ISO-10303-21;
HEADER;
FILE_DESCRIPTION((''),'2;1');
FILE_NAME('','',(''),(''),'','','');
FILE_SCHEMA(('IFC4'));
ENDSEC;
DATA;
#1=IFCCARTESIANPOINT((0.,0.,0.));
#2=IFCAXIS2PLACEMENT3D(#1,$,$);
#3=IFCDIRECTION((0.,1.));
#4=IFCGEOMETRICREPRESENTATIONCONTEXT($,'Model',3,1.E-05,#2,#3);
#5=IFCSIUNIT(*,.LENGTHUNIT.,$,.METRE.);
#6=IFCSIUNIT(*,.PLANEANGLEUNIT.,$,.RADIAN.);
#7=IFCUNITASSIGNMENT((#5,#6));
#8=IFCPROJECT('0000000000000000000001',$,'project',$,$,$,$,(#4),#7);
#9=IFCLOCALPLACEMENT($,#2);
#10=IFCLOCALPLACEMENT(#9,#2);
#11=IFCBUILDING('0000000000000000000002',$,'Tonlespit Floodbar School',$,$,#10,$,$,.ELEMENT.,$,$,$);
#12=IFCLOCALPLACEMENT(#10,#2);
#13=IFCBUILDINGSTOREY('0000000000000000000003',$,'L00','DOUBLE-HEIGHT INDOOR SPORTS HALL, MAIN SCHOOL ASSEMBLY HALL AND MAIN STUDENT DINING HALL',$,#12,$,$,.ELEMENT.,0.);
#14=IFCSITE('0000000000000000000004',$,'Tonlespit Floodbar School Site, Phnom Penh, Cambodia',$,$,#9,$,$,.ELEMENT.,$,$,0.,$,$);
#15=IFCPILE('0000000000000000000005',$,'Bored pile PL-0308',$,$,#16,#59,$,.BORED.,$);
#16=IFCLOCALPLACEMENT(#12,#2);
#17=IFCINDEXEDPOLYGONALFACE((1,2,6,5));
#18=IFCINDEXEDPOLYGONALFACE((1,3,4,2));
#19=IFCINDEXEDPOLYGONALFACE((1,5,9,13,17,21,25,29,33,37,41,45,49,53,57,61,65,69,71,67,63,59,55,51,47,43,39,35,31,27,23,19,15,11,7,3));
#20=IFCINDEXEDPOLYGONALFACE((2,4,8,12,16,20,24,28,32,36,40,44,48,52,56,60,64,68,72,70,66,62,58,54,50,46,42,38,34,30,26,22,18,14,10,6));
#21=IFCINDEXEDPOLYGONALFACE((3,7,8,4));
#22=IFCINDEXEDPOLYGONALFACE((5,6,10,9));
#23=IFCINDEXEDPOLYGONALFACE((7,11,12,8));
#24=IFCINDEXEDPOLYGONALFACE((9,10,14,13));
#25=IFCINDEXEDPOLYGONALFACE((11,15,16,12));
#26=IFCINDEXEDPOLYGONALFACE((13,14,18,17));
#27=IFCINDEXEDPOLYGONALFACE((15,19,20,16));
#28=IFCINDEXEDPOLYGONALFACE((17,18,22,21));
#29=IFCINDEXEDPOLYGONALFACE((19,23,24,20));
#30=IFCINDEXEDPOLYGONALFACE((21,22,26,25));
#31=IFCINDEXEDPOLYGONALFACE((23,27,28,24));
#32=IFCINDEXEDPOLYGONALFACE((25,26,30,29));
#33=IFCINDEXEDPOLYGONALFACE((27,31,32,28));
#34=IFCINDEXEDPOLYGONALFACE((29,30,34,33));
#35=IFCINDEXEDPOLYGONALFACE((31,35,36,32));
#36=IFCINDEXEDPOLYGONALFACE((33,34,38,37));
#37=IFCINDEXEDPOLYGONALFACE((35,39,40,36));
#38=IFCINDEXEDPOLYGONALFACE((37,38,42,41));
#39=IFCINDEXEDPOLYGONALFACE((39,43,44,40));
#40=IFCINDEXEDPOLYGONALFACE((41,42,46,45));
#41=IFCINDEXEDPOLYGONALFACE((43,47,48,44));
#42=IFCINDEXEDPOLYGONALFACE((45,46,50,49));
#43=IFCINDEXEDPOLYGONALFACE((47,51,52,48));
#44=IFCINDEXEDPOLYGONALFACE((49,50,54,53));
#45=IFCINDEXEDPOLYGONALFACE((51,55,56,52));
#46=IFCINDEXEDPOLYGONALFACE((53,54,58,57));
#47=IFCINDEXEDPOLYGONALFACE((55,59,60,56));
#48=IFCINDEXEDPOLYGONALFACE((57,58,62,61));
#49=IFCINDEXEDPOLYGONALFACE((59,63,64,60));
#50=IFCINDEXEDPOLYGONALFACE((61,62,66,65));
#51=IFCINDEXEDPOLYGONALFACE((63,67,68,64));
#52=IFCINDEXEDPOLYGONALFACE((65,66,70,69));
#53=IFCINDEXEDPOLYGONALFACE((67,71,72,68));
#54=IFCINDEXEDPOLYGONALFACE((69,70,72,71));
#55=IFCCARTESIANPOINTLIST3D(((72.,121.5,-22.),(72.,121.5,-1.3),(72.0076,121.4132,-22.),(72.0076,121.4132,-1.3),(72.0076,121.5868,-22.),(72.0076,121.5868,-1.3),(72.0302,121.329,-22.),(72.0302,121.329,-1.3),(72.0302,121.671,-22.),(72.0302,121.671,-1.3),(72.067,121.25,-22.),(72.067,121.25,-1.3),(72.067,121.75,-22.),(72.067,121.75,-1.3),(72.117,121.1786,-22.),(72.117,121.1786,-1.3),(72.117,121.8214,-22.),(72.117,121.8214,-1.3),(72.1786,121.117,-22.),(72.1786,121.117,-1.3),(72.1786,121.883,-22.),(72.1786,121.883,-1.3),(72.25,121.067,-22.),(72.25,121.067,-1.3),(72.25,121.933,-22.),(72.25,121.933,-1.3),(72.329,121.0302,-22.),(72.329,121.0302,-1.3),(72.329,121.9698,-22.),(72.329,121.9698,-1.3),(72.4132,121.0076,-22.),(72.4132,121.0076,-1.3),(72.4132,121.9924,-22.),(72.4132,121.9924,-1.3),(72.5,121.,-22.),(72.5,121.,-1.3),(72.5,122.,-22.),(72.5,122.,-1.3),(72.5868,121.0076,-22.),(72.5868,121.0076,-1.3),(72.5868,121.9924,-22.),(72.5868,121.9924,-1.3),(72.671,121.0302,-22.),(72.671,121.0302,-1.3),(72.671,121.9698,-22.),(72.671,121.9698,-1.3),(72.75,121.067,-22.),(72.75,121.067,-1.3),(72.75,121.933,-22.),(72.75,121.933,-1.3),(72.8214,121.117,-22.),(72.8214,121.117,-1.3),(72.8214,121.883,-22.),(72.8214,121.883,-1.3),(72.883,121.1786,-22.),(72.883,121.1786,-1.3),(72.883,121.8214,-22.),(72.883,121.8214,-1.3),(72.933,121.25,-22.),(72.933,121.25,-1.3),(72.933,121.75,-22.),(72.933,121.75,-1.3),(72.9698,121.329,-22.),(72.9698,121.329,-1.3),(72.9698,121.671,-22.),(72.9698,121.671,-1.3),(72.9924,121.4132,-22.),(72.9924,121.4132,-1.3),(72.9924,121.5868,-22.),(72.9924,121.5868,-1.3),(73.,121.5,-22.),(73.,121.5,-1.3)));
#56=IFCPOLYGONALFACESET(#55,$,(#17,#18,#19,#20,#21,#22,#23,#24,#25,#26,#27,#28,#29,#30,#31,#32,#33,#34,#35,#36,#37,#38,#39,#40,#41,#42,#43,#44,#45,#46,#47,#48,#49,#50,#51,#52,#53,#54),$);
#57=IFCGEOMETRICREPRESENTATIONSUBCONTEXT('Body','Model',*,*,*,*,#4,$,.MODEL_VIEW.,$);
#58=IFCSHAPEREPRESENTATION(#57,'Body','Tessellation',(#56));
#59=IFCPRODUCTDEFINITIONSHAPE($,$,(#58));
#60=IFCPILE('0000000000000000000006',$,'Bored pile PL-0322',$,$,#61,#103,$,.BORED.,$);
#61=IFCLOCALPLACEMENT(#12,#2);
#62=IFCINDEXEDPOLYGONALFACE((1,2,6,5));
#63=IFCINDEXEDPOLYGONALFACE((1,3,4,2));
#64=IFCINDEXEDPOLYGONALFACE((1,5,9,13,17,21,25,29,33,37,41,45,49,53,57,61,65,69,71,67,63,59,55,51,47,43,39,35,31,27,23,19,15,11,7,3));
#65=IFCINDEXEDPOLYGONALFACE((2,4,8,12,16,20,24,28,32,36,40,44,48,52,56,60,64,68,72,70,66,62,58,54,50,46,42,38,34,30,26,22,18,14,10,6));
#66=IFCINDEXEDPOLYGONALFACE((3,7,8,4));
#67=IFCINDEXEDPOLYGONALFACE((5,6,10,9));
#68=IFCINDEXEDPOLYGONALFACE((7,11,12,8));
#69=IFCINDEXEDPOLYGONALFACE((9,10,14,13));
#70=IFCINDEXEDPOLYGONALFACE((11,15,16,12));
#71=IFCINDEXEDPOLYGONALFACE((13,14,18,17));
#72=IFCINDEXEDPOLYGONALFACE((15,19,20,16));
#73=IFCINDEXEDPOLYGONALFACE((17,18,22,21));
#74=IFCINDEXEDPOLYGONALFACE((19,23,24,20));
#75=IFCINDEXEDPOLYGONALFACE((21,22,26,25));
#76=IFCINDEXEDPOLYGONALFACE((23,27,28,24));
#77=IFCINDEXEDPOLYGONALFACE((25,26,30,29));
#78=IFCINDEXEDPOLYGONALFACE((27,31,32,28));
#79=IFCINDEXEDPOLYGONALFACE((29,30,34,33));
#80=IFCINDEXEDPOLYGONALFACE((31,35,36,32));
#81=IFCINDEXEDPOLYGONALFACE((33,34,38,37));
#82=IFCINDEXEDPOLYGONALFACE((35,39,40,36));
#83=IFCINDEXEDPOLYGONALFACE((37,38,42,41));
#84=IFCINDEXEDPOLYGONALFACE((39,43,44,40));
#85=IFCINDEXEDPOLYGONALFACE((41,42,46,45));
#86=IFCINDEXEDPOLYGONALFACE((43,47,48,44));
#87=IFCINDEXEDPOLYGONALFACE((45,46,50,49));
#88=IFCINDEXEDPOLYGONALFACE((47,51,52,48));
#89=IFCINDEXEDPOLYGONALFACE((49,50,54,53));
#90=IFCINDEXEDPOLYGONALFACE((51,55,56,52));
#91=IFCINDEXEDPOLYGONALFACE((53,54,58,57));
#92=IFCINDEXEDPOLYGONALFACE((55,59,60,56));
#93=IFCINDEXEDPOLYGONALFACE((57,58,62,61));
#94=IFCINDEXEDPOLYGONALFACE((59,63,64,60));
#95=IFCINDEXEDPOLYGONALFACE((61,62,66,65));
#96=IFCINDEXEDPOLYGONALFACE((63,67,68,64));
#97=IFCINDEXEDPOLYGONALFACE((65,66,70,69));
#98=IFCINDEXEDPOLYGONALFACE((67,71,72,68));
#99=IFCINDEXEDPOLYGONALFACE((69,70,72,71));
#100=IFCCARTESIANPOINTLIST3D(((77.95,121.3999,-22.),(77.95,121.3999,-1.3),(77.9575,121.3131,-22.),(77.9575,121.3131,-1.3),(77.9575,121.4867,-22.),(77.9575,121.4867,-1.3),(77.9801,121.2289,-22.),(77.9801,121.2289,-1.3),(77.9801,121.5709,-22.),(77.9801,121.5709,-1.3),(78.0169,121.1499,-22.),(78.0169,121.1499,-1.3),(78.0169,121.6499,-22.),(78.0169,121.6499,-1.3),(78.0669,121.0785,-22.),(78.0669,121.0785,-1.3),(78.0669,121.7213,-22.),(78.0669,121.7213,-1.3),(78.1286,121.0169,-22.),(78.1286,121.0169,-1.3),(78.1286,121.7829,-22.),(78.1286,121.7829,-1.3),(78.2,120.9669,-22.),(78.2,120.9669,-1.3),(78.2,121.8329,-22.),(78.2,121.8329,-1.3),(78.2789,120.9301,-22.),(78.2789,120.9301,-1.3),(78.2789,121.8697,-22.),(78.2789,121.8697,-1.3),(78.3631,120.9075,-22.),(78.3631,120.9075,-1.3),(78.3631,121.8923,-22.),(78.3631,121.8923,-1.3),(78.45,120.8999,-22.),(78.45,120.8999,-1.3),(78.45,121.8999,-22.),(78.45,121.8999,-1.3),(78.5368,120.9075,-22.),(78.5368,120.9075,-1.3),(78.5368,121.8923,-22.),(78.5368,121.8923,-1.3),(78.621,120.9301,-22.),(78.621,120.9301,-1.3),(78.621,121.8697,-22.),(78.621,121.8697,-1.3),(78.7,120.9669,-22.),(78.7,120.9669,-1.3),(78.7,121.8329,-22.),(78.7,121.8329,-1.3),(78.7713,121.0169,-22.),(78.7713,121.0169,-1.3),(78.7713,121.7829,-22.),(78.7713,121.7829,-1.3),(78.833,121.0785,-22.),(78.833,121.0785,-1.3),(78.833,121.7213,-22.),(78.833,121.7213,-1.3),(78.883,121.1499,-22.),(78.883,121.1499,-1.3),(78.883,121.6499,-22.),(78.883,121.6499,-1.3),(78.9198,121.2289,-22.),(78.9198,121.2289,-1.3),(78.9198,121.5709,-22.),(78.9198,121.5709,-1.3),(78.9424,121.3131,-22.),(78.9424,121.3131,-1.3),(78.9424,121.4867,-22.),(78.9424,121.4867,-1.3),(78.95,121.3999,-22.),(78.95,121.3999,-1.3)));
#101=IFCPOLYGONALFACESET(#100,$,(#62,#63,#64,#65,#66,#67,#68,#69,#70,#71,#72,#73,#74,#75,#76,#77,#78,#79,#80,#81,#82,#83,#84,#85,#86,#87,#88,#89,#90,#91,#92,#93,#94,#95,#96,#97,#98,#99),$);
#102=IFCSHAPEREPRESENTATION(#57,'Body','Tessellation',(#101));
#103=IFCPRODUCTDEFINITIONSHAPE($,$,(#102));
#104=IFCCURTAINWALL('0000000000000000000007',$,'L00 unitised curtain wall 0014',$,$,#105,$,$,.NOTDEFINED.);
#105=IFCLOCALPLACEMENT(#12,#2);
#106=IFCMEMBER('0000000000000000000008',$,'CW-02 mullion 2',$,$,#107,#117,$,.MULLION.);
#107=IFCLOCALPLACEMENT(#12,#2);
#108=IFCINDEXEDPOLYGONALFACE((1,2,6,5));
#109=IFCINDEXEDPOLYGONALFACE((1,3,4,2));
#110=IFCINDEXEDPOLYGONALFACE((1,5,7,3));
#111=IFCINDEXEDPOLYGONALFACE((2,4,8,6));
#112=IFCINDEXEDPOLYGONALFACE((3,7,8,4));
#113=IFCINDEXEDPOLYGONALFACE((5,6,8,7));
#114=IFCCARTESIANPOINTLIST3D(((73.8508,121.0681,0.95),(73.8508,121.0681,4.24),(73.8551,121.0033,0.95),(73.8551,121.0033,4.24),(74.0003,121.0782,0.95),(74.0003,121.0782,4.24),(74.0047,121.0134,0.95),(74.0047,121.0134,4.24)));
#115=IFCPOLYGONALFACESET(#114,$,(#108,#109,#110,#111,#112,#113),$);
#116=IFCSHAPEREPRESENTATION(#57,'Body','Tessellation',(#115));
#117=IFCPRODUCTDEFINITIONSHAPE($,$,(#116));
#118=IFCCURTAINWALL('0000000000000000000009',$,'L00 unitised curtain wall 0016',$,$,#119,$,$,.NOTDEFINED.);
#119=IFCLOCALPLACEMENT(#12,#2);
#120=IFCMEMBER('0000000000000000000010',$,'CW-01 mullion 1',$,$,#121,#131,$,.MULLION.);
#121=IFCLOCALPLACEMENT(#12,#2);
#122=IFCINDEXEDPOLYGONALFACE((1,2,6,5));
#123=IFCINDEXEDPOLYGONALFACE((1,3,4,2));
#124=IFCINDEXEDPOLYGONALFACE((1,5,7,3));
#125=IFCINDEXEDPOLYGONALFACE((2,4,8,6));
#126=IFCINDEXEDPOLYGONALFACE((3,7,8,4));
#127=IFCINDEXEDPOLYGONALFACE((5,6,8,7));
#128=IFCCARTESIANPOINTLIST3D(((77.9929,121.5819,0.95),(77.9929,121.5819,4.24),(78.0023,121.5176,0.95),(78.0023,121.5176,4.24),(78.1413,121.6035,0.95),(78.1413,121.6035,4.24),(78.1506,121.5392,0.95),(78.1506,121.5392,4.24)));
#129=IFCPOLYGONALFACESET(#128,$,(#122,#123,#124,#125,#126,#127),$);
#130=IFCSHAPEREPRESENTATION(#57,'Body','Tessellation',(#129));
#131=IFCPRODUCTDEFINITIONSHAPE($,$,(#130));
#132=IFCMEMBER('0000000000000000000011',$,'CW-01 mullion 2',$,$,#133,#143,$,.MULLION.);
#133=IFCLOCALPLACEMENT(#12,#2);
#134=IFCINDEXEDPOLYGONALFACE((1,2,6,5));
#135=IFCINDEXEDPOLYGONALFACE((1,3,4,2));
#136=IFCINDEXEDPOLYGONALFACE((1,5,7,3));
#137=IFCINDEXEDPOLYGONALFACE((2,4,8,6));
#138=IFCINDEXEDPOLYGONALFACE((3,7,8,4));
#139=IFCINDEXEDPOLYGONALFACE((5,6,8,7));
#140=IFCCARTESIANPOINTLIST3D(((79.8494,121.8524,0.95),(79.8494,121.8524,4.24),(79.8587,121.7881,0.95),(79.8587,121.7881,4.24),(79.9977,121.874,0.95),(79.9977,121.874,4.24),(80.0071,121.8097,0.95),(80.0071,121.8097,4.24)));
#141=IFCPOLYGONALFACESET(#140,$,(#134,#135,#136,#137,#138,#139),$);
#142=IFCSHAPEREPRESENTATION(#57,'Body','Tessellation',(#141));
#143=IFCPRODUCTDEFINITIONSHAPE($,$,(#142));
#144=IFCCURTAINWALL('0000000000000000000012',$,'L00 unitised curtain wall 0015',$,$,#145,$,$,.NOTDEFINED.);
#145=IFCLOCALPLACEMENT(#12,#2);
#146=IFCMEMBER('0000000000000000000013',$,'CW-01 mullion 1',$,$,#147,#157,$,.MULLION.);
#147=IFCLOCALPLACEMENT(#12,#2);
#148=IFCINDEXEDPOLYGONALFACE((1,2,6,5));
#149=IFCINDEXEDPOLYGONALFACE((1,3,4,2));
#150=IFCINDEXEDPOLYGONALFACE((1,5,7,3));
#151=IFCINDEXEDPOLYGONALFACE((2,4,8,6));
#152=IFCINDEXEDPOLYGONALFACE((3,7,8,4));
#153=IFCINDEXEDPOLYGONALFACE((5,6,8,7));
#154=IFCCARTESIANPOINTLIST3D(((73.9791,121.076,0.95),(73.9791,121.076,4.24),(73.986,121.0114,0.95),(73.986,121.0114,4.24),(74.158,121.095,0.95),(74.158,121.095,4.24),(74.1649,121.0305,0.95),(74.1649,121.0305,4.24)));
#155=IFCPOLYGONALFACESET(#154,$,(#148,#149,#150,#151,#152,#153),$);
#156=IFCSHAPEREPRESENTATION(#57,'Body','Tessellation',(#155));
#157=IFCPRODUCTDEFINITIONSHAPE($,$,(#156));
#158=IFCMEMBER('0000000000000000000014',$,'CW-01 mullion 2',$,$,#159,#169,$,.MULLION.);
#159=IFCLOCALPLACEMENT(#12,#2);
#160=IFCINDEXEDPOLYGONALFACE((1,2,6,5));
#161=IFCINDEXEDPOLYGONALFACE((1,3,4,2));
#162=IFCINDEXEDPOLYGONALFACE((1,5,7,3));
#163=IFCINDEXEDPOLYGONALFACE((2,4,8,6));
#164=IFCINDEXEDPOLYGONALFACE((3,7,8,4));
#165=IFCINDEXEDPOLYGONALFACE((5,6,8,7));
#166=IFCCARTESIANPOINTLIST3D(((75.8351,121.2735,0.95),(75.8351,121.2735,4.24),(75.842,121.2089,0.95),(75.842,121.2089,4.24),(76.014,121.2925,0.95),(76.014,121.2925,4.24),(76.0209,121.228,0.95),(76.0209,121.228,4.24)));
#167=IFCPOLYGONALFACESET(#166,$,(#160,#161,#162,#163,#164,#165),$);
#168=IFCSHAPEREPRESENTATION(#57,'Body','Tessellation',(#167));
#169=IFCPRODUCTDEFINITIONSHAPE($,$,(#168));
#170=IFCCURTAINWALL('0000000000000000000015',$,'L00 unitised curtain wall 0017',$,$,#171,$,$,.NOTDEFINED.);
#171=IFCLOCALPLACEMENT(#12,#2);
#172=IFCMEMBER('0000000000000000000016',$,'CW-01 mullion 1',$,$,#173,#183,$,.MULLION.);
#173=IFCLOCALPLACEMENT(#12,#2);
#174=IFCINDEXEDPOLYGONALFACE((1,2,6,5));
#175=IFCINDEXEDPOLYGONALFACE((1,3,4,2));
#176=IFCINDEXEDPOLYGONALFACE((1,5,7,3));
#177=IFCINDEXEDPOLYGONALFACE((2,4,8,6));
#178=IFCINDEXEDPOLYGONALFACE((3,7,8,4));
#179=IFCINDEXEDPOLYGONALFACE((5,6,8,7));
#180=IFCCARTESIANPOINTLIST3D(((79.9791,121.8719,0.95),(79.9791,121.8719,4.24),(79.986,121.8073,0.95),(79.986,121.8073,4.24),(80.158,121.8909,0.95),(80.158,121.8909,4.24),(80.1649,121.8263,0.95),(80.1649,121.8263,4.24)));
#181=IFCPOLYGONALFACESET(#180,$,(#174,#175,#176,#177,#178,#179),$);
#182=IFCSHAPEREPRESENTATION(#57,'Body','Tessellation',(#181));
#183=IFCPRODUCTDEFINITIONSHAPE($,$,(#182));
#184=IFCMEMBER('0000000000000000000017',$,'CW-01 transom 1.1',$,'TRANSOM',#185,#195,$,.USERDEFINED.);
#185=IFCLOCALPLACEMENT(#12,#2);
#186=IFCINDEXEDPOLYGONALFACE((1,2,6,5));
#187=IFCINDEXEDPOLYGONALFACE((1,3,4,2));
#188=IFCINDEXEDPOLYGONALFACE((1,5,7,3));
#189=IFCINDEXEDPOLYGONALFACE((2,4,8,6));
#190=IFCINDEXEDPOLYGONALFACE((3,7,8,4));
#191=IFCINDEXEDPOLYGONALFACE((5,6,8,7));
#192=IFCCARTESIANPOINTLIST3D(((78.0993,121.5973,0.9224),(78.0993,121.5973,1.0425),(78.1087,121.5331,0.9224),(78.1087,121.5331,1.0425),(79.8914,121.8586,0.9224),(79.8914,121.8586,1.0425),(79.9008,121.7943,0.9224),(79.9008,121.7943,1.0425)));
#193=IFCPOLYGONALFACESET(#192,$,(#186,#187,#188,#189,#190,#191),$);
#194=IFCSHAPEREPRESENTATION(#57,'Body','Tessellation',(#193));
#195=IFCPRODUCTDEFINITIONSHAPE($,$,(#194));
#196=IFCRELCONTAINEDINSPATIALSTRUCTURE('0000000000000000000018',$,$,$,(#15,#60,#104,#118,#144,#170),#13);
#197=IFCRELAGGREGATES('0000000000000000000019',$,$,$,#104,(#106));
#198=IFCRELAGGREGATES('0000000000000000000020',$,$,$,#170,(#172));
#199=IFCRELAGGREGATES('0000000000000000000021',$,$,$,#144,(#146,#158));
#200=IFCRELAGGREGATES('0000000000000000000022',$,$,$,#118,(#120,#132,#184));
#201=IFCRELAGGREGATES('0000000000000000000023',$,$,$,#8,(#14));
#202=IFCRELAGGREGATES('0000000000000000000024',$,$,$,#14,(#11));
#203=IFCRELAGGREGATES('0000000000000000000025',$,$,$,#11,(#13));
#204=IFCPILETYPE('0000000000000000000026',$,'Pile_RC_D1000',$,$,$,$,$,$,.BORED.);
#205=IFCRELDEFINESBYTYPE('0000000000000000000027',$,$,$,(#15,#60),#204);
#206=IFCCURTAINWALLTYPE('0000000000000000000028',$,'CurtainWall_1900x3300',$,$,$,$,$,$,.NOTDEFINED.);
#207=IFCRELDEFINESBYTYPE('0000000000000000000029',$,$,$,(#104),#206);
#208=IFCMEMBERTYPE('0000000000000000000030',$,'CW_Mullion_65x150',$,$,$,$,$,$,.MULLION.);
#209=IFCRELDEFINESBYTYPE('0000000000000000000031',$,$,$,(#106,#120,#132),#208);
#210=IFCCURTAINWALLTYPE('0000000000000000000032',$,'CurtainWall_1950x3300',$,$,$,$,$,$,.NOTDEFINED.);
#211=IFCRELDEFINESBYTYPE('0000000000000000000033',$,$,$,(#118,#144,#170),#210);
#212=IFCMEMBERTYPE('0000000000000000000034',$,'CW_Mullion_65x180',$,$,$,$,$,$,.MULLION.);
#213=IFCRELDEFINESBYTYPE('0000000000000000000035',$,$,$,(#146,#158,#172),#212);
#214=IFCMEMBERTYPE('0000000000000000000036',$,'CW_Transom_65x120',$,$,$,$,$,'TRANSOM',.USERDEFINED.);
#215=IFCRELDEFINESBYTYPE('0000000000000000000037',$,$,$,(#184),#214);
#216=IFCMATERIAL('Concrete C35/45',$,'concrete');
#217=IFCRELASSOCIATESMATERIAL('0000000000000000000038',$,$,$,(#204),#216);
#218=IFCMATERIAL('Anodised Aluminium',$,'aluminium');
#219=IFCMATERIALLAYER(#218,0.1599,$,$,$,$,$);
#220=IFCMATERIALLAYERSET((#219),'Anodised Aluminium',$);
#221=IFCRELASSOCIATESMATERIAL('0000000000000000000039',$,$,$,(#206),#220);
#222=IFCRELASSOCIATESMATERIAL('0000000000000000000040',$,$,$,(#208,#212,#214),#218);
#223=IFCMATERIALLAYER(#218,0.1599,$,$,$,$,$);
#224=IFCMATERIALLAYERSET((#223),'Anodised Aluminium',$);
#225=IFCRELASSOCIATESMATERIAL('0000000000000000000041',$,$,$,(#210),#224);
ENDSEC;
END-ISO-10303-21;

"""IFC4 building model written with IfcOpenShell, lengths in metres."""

from ifc_helpers import new_model, si_unit, direction, frame, origin, origin_2d, place, context, subcontext, project, spatial, rectangle, circle, extrude, material, layer, layer_set, material_profile, profile_set, type_object, element, aggregate, save


model = new_model("IFC4")

# Units and contexts
model_context = context("Model", 3, precision=1e-05, world=origin(), true_north=direction((0.0, 1.0)))
body_context = subcontext(model_context, "Body", "Model", "MODEL_VIEW")
ifc_project = project(units=[si_unit("LENGTHUNIT", "METRE"), si_unit("PLANEANGLEUNIT", "RADIAN")], contexts=[model_context])

# Site, building, storey
site_placement = place(None, origin())
site = spatial("IfcSite", under=ifc_project, at=site_placement, Name="Tonlespit Floodbar School Site, Phnom Penh, Cambodia", CompositionType="ELEMENT", RefElevation=0.0)
building_placement = place(site_placement, origin())
building = spatial("IfcBuilding", under=site, at=building_placement, Name="Tonlespit Floodbar School", CompositionType="ELEMENT")
storey_placement = place(building_placement, origin())
storey = spatial("IfcBuildingStorey", under=building, at=storey_placement, Name="L00", Description="DOUBLE-HEIGHT INDOOR SPORTS HALL, MAIN SCHOOL ASSEMBLY HALL AND MAIN STUDENT DINING HALL", CompositionType="ELEMENT", Elevation=0.0)

# Piles
ifc_material_1 = material(Name="Concrete C35/45", Category="concrete")
ifc_material_profile_1 = material_profile(ifc_material_1, circle(Radius=0.5, at=origin_2d()), Name="BP D1000")
ifc_profile_set_1 = profile_set([ifc_material_profile_1], Name="Concrete C35/45")
pile_type = type_object("IfcPileType", Name="Pile_RC_D1000", PredefinedType="BORED", material=ifc_profile_set_1)
for number, where, z_axis, x_axis, name in (
    (1, (72.5, 121.5, -1.3), (0.0, 0.0, -1.0), (1.0, 0.0, 0.0), "Bored pile PL-0308"),
    (2, (78.45, 121.3999, -1.3), (0.0, 0.0, -1.0), (1.0, 0.0, 0.0), "Bored pile PL-0322"),
):
    element("IfcPile", number, at=place(storey_placement, frame(where, z_axis=z_axis, x_axis=x_axis)), inside=storey, type_object=pile_type, Name=name, PredefinedType="BORED", context=body_context, shape_type="SweptSolid", body=[
        extrude(circle(Radius=0.5, at=origin_2d()), origin(), (0.0, 0.0, 1.0), 20.7),
    ])

# Curtain wall, member
ifc_material_2 = material(Name="Anodised Aluminium", Category="aluminium")
ifc_layer_1 = layer(ifc_material_2, 0.1599)
ifc_layer_set_1 = layer_set([ifc_layer_1], Name="Anodised Aluminium")
curtain_wall_type_1 = type_object("IfcCurtainWallType", Name="CurtainWall_1900x3300", PredefinedType="NOTDEFINED", material=ifc_layer_set_1)
curtain_wall_1_placement = place(storey_placement, origin())
curtain_wall_1 = element("IfcCurtainWall", 3, at=curtain_wall_1_placement, inside=storey, type_object=curtain_wall_type_1, Name="L00 unitised curtain wall 0014", PredefinedType="NOTDEFINED")
ifc_material_profile_2 = material_profile(ifc_material_2, rectangle(XDim=0.0649, YDim=0.1499, at=origin_2d()), Name="ALU M65x150")
ifc_profile_set_2 = profile_set([ifc_material_profile_2], Name="Anodised Aluminium")
member_type_1 = type_object("IfcMemberType", Name="CW_Mullion_65x150", PredefinedType="MULLION", material=ifc_profile_set_2)
member_1_placement = place(storey_placement, frame((73.9277, 121.0408, 0.95), z_axis=(0.0, 0.0, 1.0), x_axis=(-0.06734, 0.99773, 0.0)))
member_1 = element("IfcMember", 4, at=member_1_placement, type_object=member_type_1, Name="CW-02 mullion 2", PredefinedType="MULLION", context=body_context, shape_type="SweptSolid", body=[
    extrude(rectangle(XDim=0.0649, YDim=0.1499, at=origin_2d()), origin(), (0.0, 0.0, 1.0), 3.29),
])
aggregate(curtain_wall_1, [member_1])

# Curtain walls, members
ifc_layer_2 = layer(ifc_material_2, 0.1599)
ifc_layer_set_2 = layer_set([ifc_layer_2], Name="Anodised Aluminium")
curtain_wall_type_2 = type_object("IfcCurtainWallType", Name="CurtainWall_1950x3300", PredefinedType="NOTDEFINED", material=ifc_layer_set_2)
curtain_wall_2_placement = place(storey_placement, origin())
curtain_wall_2 = element("IfcCurtainWall", 5, at=curtain_wall_2_placement, inside=storey, type_object=curtain_wall_type_2, Name="L00 unitised curtain wall 0016", PredefinedType="NOTDEFINED")
member_2_placement = place(storey_placement, frame((78.0718, 121.5605, 0.95), z_axis=(0.0, 0.0, 1.0), x_axis=(-0.144248, 0.989542, 0.0)))
member_2 = element("IfcMember", 6, at=member_2_placement, type_object=member_type_1, Name="CW-01 mullion 1", PredefinedType="MULLION", context=body_context, shape_type="SweptSolid", body=[
    extrude(rectangle(XDim=0.0649, YDim=0.1499, at=origin_2d()), origin(), (0.0, 0.0, 1.0), 3.29),
])
member_3_placement = place(storey_placement, frame((79.9282, 121.8311, 0.95), z_axis=(0.0, 0.0, 1.0), x_axis=(-0.144248, 0.989542, 0.0)))
member_3 = element("IfcMember", 7, at=member_3_placement, type_object=member_type_1, Name="CW-01 mullion 2", PredefinedType="MULLION", context=body_context, shape_type="SweptSolid", body=[
    extrude(rectangle(XDim=0.0649, YDim=0.1499, at=origin_2d()), origin(), (0.0, 0.0, 1.0), 3.29),
])
curtain_wall_3_placement = place(storey_placement, origin())
curtain_wall_3 = element("IfcCurtainWall", 8, at=curtain_wall_3_placement, inside=storey, type_object=curtain_wall_type_2, Name="L00 unitised curtain wall 0015", PredefinedType="NOTDEFINED")
ifc_material_profile_3 = material_profile(ifc_material_2, rectangle(XDim=0.0649, YDim=0.1799, at=origin_2d()), Name="ALU M65x180")
ifc_profile_set_3 = profile_set([ifc_material_profile_3], Name="Anodised Aluminium")
member_type_2 = type_object("IfcMemberType", Name="CW_Mullion_65x180", PredefinedType="MULLION", material=ifc_profile_set_3)
member_4_placement = place(storey_placement, frame((74.072, 121.0532, 0.95), z_axis=(0.0, 0.0, 1.0), x_axis=(-0.105787, 0.994389, 0.0)))
member_4 = element("IfcMember", 9, at=member_4_placement, type_object=member_type_2, Name="CW-01 mullion 1", PredefinedType="MULLION", context=body_context, shape_type="SweptSolid", body=[
    extrude(rectangle(XDim=0.0649, YDim=0.1799, at=origin_2d()), origin(), (0.0, 0.0, 1.0), 3.29),
])
member_5_placement = place(storey_placement, frame((75.928, 121.2507, 0.95), z_axis=(0.0, 0.0, 1.0), x_axis=(-0.105787, 0.994389, 0.0)))
member_5 = element("IfcMember", 10, at=member_5_placement, type_object=member_type_2, Name="CW-01 mullion 2", PredefinedType="MULLION", context=body_context, shape_type="SweptSolid", body=[
    extrude(rectangle(XDim=0.0649, YDim=0.1799, at=origin_2d()), origin(), (0.0, 0.0, 1.0), 3.29),
])

# Curtain wall, member
curtain_wall_4_placement = place(storey_placement, origin())
curtain_wall_4 = element("IfcCurtainWall", 11, at=curtain_wall_4_placement, inside=storey, type_object=curtain_wall_type_2, Name="L00 unitised curtain wall 0017", PredefinedType="NOTDEFINED")
member_6_placement = place(storey_placement, frame((80.072, 121.8491, 0.95), z_axis=(0.0, 0.0, 1.0), x_axis=(-0.105787, 0.994389, 0.0)))
member_6 = element("IfcMember", 12, at=member_6_placement, type_object=member_type_2, Name="CW-01 mullion 1", PredefinedType="MULLION", context=body_context, shape_type="SweptSolid", body=[
    extrude(rectangle(XDim=0.0649, YDim=0.1799, at=origin_2d()), origin(), (0.0, 0.0, 1.0), 3.29),
])

# Member
ifc_material_profile_4 = material_profile(ifc_material_2, rectangle(XDim=0.0649, YDim=0.1201, at=origin_2d()), Name="ALU T65x120")
ifc_profile_set_4 = profile_set([ifc_material_profile_4], Name="Anodised Aluminium")
member_type_3 = type_object("IfcMemberType", Name="CW_Transom_65x120", ElementType="TRANSOM", PredefinedType="USERDEFINED", material=ifc_profile_set_4)
member_7_placement = place(storey_placement, frame((78.104, 121.5652, 0.9824), z_axis=(0.989541, 0.144252, 0.0), x_axis=(-0.144252, 0.989541, 0.0)))
member_7 = element("IfcMember", 13, at=member_7_placement, type_object=member_type_3, Name="CW-01 transom 1.1", ObjectType="TRANSOM", PredefinedType="USERDEFINED", context=body_context, shape_type="SweptSolid", body=[
    extrude(rectangle(XDim=0.0649, YDim=0.1201, at=origin_2d()), origin(), (0.0, 0.0, 1.0), 1.811),
])
aggregate(curtain_wall_4, [member_6])

aggregate(curtain_wall_3, [member_4, member_5])
aggregate(curtain_wall_2, [member_2, member_3, member_7])

save(model, "model.ifc")
